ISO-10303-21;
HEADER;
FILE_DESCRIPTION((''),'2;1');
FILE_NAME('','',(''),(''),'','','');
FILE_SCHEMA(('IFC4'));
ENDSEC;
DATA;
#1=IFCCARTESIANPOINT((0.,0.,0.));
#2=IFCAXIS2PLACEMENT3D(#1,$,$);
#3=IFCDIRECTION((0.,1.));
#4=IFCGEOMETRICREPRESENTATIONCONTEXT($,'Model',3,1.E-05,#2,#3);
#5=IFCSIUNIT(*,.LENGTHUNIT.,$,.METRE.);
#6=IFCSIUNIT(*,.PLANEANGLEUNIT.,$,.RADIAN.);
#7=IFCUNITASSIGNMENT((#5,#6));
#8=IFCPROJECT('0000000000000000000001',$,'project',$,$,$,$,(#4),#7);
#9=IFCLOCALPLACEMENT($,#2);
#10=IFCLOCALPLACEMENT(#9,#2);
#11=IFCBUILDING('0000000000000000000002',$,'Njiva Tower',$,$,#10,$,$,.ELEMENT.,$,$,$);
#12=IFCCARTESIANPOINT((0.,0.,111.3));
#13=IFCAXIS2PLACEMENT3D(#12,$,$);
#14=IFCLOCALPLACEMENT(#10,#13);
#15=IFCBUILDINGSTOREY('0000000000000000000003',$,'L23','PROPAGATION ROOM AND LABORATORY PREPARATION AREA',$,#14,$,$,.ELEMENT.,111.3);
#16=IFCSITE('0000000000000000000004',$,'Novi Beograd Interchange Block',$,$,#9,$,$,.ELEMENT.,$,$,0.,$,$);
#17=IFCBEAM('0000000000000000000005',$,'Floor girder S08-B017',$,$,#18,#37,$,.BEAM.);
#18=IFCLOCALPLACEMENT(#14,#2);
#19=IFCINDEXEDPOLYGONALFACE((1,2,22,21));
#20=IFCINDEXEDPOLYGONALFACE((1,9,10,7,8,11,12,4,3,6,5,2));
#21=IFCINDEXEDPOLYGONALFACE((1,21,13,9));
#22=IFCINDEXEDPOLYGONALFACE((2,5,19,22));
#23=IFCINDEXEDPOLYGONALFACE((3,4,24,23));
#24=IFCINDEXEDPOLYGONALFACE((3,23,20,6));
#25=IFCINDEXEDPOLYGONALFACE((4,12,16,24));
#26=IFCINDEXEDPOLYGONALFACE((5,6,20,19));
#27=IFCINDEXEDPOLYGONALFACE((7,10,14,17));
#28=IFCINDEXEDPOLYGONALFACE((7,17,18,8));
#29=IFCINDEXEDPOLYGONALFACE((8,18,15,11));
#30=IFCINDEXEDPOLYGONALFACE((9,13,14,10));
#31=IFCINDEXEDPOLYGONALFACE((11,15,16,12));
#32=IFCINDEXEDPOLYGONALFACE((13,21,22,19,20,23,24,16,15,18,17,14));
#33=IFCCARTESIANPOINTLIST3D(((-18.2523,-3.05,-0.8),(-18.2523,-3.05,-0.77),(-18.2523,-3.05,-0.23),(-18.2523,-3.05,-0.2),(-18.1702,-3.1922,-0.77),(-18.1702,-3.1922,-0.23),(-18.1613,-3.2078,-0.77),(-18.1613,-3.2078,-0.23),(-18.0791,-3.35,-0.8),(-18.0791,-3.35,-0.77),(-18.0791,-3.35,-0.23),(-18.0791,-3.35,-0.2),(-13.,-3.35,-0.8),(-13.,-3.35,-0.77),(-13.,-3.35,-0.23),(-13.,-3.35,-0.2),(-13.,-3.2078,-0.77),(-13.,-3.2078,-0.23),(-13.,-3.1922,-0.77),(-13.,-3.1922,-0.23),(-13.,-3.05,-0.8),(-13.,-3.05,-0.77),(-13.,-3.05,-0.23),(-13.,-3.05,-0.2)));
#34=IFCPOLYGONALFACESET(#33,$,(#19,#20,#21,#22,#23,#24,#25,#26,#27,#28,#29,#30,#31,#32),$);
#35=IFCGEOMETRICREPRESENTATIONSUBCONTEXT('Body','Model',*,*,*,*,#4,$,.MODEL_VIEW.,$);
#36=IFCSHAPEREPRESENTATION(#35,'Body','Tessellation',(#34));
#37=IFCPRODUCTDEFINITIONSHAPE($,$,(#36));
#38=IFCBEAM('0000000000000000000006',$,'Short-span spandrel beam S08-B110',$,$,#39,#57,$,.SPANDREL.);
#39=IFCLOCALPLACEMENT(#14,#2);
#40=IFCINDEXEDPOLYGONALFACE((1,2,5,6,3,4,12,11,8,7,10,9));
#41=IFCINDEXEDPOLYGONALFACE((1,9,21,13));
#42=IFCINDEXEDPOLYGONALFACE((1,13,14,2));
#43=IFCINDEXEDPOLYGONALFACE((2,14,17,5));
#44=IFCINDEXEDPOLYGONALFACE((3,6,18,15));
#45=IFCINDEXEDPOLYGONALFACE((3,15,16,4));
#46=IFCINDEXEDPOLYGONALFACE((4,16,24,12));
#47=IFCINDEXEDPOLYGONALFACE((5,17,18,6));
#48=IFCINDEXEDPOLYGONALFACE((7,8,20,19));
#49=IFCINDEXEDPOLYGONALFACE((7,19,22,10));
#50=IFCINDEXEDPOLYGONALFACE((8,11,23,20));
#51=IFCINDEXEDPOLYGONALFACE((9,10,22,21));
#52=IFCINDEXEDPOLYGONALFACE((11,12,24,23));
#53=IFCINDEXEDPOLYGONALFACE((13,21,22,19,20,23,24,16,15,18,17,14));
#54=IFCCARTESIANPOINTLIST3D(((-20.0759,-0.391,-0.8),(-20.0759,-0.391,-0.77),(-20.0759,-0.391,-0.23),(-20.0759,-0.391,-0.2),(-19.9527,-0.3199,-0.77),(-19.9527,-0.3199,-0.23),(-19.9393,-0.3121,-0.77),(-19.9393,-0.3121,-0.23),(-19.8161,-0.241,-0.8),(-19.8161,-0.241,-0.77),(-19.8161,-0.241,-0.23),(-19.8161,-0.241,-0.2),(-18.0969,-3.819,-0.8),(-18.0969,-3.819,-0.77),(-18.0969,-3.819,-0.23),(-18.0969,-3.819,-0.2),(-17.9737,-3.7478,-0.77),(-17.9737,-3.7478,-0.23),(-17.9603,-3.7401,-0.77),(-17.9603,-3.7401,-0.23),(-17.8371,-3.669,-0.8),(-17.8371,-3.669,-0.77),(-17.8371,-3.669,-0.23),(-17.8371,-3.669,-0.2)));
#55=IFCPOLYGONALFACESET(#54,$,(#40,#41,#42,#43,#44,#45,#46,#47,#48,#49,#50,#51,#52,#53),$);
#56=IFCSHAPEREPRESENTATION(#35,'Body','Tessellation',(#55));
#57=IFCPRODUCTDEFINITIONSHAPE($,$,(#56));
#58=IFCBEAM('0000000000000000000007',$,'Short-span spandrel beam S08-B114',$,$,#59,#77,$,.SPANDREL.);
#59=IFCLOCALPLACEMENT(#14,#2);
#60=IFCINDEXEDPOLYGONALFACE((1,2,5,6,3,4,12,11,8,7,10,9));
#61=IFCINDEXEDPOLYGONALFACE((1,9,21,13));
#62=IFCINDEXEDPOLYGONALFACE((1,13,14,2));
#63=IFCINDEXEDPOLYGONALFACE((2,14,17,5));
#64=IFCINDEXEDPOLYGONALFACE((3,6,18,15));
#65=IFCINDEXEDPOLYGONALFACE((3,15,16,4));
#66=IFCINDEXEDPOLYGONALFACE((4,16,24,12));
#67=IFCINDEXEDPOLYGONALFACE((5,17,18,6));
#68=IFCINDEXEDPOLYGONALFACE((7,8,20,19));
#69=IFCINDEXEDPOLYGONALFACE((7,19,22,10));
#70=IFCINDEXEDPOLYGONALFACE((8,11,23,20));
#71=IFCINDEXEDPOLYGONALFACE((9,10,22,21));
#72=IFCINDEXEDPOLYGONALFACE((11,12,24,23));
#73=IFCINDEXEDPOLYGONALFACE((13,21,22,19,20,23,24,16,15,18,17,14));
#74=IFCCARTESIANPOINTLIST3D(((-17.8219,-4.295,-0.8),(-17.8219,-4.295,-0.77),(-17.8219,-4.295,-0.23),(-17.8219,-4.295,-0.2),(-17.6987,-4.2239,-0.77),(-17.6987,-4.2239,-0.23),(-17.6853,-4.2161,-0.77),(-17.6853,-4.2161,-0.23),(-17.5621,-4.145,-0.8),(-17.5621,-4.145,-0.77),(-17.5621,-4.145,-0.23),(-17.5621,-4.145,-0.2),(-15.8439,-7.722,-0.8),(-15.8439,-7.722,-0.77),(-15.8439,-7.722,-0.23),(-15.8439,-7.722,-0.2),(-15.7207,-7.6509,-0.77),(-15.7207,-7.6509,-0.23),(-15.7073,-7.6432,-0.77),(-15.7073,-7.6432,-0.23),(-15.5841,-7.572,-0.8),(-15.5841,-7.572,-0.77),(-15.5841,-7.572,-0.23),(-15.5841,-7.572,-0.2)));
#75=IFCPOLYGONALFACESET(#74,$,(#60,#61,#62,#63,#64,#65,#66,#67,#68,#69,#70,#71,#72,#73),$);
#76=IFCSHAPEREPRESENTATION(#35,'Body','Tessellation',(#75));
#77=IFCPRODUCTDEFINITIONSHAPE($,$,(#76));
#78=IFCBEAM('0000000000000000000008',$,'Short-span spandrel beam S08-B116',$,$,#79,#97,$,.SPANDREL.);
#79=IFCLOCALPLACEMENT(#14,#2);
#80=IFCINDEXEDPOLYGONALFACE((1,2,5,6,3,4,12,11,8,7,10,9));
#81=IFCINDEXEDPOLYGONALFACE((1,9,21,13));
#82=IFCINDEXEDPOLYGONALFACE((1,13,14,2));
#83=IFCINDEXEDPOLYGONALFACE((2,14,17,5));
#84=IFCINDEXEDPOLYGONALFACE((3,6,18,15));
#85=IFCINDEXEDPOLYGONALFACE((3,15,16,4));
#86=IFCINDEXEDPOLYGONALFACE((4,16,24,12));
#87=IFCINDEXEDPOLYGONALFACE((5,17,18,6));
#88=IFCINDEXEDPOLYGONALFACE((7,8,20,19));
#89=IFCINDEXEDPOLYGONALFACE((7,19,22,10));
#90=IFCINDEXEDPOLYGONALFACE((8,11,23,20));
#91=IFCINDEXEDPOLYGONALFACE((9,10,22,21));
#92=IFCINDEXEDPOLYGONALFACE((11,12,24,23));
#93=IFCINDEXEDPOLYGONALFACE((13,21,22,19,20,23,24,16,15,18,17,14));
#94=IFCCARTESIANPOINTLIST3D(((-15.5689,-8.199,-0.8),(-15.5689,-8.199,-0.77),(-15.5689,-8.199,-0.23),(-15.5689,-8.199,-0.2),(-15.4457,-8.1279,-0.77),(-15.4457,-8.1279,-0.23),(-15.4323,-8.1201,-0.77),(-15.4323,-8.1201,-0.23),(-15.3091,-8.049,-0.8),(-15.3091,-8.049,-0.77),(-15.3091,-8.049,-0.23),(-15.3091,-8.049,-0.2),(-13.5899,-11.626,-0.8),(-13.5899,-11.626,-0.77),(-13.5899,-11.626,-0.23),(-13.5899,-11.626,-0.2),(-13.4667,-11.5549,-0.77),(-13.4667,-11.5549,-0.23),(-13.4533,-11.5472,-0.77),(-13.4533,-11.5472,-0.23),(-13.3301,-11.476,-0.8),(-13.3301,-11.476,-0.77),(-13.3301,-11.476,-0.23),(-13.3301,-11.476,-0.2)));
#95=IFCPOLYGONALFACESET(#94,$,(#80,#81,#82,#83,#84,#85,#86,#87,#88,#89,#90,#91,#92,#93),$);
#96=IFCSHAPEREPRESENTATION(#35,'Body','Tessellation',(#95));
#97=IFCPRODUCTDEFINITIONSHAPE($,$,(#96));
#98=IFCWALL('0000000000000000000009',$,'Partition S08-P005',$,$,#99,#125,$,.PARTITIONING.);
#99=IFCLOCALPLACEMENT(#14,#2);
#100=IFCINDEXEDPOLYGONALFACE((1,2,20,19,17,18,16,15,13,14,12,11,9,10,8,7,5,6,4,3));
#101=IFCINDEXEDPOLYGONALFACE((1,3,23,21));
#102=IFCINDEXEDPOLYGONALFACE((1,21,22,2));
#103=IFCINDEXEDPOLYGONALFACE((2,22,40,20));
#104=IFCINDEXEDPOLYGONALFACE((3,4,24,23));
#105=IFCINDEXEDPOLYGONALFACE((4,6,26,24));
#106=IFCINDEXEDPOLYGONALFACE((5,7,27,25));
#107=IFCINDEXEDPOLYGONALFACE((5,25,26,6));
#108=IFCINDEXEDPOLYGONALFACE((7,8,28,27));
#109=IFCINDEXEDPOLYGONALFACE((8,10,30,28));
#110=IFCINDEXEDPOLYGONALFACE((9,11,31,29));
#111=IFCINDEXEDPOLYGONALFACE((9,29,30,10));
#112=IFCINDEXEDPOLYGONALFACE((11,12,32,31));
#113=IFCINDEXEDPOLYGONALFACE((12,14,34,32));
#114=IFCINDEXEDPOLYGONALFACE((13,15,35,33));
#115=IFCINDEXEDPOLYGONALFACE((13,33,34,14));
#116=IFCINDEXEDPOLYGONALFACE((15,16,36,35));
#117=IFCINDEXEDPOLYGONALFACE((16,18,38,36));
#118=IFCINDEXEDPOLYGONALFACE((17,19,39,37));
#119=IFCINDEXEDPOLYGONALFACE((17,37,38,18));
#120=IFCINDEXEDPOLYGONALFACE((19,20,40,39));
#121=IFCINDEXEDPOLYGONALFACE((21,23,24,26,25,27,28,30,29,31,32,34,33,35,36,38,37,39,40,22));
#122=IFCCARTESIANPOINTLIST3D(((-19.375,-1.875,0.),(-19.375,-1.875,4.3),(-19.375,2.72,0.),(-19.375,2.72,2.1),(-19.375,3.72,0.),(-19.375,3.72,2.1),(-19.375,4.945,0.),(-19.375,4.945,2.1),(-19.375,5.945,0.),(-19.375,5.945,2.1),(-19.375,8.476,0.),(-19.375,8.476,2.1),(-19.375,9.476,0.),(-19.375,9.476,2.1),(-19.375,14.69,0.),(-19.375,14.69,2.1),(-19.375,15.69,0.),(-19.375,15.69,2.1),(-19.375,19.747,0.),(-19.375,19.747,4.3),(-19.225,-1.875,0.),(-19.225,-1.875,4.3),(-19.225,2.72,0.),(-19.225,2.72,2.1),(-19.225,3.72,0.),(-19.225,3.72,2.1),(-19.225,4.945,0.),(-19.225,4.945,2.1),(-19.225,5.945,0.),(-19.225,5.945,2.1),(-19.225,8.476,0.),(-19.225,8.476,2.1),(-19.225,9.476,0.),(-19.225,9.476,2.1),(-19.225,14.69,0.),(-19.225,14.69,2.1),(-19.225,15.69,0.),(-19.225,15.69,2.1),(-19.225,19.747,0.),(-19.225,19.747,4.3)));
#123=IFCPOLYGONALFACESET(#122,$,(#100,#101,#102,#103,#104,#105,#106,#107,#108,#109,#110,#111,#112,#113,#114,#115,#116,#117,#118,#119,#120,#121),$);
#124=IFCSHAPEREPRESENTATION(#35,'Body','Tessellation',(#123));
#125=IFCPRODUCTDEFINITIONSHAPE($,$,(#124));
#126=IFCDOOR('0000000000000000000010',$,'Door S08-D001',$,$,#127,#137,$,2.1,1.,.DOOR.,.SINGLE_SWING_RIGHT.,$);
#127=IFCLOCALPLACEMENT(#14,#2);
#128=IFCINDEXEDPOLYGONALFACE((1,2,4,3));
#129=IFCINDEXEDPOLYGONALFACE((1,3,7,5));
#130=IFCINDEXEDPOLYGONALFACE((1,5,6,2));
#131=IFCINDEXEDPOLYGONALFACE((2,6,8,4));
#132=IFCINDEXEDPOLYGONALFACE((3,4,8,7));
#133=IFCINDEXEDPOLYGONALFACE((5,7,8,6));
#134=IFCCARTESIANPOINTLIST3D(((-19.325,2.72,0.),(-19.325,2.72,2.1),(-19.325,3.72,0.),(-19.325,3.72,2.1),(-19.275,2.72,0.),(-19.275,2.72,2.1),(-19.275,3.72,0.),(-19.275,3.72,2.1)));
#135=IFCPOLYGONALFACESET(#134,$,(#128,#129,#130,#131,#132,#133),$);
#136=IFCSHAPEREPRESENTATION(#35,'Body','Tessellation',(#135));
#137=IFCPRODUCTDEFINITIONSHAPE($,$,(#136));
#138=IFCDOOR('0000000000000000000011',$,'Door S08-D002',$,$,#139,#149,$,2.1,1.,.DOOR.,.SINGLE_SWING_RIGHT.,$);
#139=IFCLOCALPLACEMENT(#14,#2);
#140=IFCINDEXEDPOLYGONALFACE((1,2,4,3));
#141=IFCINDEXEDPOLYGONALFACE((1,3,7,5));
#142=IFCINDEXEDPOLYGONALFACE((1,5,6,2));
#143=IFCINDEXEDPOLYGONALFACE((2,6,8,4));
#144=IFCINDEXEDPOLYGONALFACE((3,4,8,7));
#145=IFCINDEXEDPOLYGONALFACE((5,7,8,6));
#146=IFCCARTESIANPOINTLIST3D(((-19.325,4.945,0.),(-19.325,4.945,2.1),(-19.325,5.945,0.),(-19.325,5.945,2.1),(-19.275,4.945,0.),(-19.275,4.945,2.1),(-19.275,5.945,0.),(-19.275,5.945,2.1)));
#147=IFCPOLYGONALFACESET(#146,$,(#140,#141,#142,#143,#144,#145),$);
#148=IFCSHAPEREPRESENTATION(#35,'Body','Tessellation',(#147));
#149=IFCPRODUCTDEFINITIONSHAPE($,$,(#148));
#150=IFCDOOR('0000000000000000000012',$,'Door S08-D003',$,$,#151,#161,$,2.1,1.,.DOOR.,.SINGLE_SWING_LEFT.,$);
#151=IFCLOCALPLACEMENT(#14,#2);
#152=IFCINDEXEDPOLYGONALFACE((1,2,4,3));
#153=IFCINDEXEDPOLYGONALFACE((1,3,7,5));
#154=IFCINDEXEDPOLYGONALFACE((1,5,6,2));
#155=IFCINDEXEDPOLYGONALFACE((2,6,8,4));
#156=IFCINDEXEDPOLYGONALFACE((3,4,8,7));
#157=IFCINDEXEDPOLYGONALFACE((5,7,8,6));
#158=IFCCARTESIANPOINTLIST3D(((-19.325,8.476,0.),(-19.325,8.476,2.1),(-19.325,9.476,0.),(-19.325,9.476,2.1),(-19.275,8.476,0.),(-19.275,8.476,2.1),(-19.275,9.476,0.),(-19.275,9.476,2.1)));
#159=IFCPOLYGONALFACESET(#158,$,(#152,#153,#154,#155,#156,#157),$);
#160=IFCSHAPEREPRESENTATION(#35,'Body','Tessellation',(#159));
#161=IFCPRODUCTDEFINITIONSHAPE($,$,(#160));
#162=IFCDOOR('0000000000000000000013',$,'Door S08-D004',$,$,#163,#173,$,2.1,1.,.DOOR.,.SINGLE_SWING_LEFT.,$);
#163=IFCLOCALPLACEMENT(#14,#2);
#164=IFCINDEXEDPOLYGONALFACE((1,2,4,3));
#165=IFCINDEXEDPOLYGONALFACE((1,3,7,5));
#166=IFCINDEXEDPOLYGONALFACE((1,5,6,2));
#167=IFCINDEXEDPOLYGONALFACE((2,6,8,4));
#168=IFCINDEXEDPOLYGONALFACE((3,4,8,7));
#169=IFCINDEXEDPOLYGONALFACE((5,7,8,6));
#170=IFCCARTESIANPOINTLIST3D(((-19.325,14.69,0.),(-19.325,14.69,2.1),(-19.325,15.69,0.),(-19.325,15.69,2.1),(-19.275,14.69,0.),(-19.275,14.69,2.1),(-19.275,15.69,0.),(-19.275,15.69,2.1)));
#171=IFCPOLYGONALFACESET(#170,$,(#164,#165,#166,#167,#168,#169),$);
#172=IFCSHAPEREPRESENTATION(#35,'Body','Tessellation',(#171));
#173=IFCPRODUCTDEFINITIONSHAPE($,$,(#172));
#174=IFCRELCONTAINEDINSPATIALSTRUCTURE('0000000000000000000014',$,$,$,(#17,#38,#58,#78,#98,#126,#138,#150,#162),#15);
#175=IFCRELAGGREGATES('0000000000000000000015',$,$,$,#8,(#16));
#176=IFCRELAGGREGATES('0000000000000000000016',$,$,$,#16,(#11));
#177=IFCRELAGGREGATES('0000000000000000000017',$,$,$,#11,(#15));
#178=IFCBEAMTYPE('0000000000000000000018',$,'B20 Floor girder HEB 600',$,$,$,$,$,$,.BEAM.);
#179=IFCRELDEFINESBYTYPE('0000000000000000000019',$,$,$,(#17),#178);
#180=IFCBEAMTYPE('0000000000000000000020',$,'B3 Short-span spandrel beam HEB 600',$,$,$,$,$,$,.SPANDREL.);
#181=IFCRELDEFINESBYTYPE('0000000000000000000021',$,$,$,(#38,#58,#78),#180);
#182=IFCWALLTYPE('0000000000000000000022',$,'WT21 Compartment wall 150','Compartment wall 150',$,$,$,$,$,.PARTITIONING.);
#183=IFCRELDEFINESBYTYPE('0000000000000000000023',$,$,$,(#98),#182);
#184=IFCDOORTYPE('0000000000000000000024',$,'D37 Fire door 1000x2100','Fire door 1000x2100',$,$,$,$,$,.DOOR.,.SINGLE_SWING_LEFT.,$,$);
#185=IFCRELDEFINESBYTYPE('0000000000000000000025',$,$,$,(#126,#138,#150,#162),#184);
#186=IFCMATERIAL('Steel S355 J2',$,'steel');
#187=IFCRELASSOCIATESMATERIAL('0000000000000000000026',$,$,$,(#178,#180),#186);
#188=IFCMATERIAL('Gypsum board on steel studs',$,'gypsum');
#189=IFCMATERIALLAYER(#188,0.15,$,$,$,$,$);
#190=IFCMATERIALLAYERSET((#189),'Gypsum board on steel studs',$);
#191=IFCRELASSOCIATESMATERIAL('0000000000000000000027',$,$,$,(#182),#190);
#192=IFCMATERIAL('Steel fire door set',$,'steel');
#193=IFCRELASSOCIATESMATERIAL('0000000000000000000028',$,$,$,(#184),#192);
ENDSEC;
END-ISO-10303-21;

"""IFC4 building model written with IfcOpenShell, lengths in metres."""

from ifc_helpers import new_model, si_unit, direction, frame, frame_2d, origin, origin_2d, place, context, subcontext, project, spatial, rectangle, i_section, extrude, clip, halfspace, material, layer, layer_set, material_profile, profile_set, type_object, element, fill, save


model = new_model("IFC4")

# Units and contexts
model_context = context("Model", 3, precision=1e-05, world=origin(), true_north=direction((0.0, 1.0)))
body_context = subcontext(model_context, "Body", "Model", "MODEL_VIEW")
ifc_project = project(units=[si_unit("LENGTHUNIT", "METRE"), si_unit("PLANEANGLEUNIT", "RADIAN")], contexts=[model_context])

# Site, building, storey
site_placement = place(None, origin())
site = spatial("IfcSite", under=ifc_project, at=site_placement, Name="Novi Beograd Interchange Block", CompositionType="ELEMENT", RefElevation=0.0)
building_placement = place(site_placement, origin())
building = spatial("IfcBuilding", under=site, at=building_placement, Name="Njiva Tower", CompositionType="ELEMENT")
storey_placement = place(building_placement, frame((0.0, 0.0, 111.3)))
storey = spatial("IfcBuildingStorey", under=building, at=storey_placement, Name="L23", Description="PROPAGATION ROOM AND LABORATORY PREPARATION AREA", CompositionType="ELEMENT", Elevation=111.3)

# Shared definitions
ifc_material_1 = material(Name="Steel S355 J2", Category="steel")

# Beams
ifc_material_profile_1 = material_profile(ifc_material_1, i_section(OverallWidth=0.3, OverallDepth=0.6, WebThickness=0.0155, FlangeThickness=0.03, at=origin_2d()), Name="HEB 600")
ifc_profile_set_1 = profile_set([ifc_material_profile_1], Name="Steel S355 J2")
beam_type_1 = type_object("IfcBeamType", Name="B20 Floor girder HEB 600", PredefinedType="BEAM", material=ifc_profile_set_1)
beam_1_placement = place(storey_placement, frame((-18.273, -3.2, -0.5), z_axis=(1.0, 0.0, 0.0), x_axis=(0.0, 1.0, 0.0)))
element("IfcBeam", 1, at=beam_1_placement, inside=storey, type_object=beam_type_1, Name="Floor girder S08-B017", PredefinedType="BEAM", context=body_context, shape_type="Clipping", body=[
    clip(extrude(i_section(OverallWidth=0.3, OverallDepth=0.6, WebThickness=0.0155, FlangeThickness=0.03, at=origin_2d()), origin(), (0.0, 0.0, 1.0), 5.273), halfspace(frame((-0.025, 0.0, 0.1217), z_axis=(-0.499998, 0.0, -0.866027), x_axis=(0.0, -1.0, 0.0)), False)),
])
ifc_material_profile_2 = material_profile(ifc_material_1, i_section(OverallWidth=0.3, OverallDepth=0.6, WebThickness=0.0155, FlangeThickness=0.03, at=origin_2d()), Name="HEB 600")
ifc_profile_set_2 = profile_set([ifc_material_profile_2], Name="Steel S355 J2")
beam_type_2 = type_object("IfcBeamType", Name="B3 Short-span spandrel beam HEB 600", PredefinedType="SPANDREL", material=ifc_profile_set_2)
beam_2_placement = place(storey_placement, frame((-19.946, -0.316, -0.5), z_axis=(0.49997, -0.866043, 0.0), x_axis=(0.866043, 0.49997, 0.0)))
element("IfcBeam", 2, at=beam_2_placement, inside=storey, type_object=beam_type_2, Name="Short-span spandrel beam S08-B110", PredefinedType="SPANDREL", context=body_context, shape_type="SweptSolid", body=[
    extrude(i_section(OverallWidth=0.3, OverallDepth=0.6, WebThickness=0.0155, FlangeThickness=0.03, at=origin_2d()), origin(), (0.0, 0.0, 1.0), 3.9582),
])
beam_3_placement = place(storey_placement, frame((-17.692, -4.22, -0.5), z_axis=(0.49989, -0.866089, 0.0), x_axis=(0.866089, 0.49989, 0.0)))
element("IfcBeam", 3, at=beam_3_placement, inside=storey, type_object=beam_type_2, Name="Short-span spandrel beam S08-B114", PredefinedType="SPANDREL", context=body_context, shape_type="SweptSolid", body=[
    extrude(i_section(OverallWidth=0.3, OverallDepth=0.6, WebThickness=0.0155, FlangeThickness=0.03, at=origin_2d()), origin(), (0.0, 0.0, 1.0), 3.9569),
])
beam_4_placement = place(storey_placement, frame((-15.439, -8.124, -0.5), z_axis=(0.50008, -0.865979, 0.0), x_axis=(0.865979, 0.50008, 0.0)))
element("IfcBeam", 4, at=beam_4_placement, inside=storey, type_object=beam_type_2, Name="Short-span spandrel beam S08-B116", PredefinedType="SPANDREL", context=body_context, shape_type="SweptSolid", body=[
    extrude(i_section(OverallWidth=0.3, OverallDepth=0.6, WebThickness=0.0155, FlangeThickness=0.03, at=origin_2d()), origin(), (0.0, 0.0, 1.0), 3.9574),
])

# Wall, openings, doors
ifc_material_2 = material(Name="Gypsum board on steel studs", Category="gypsum")
ifc_layer = layer(ifc_material_2, 0.15)
ifc_layer_set = layer_set([ifc_layer], Name="Gypsum board on steel studs")
wall_type = type_object("IfcWallType", Name="WT21 Compartment wall 150", Description="Compartment wall 150", PredefinedType="PARTITIONING", material=ifc_layer_set)
wall_1_placement = place(storey_placement, frame((-19.3, -1.875, 0.0), z_axis=(0.0, 0.0, 1.0), x_axis=(0.0, 1.0, 0.0)))
wall_1 = element("IfcWall", 5, at=wall_1_placement, inside=storey, type_object=wall_type, Name="Partition S08-P005", PredefinedType="PARTITIONING", context=body_context, shape_type="SweptSolid", body=[
    extrude(rectangle(XDim=21.622, YDim=0.15, at=frame_2d((10.811, 0.0))), origin(), (0.0, 0.0, 1.0), 4.3),
])
opening_1_placement = place(wall_1_placement, frame((4.595, 0.0, 0.0)))
opening_1 = element("IfcOpeningElement", 6, at=opening_1_placement, cuts=wall_1, PredefinedType="OPENING", context=body_context, shape_type="SweptSolid", body=[
    extrude(rectangle(XDim=1.0, YDim=2.1, at=frame_2d((0.5, 1.05))), frame((0.0, 0.085, 0.0), z_axis=(0.0, -1.0, 0.0), x_axis=(1.0, 0.0, 0.0)), (0.0, 0.0, 1.0), 0.17),
])
opening_2_placement = place(wall_1_placement, frame((6.82, 0.0, 0.0)))
opening_2 = element("IfcOpeningElement", 7, at=opening_2_placement, cuts=wall_1, PredefinedType="OPENING", context=body_context, shape_type="SweptSolid", body=[
    extrude(rectangle(XDim=1.0, YDim=2.1, at=frame_2d((0.5, 1.05))), frame((0.0, 0.085, 0.0), z_axis=(0.0, -1.0, 0.0), x_axis=(1.0, 0.0, 0.0)), (0.0, 0.0, 1.0), 0.17),
])
opening_3_placement = place(wall_1_placement, frame((10.351, 0.0, 0.0)))
opening_3 = element("IfcOpeningElement", 8, at=opening_3_placement, cuts=wall_1, PredefinedType="OPENING", context=body_context, shape_type="SweptSolid", body=[
    extrude(rectangle(XDim=1.0, YDim=2.1, at=frame_2d((0.5, 1.05))), frame((0.0, 0.085, 0.0), z_axis=(0.0, -1.0, 0.0), x_axis=(1.0, 0.0, 0.0)), (0.0, 0.0, 1.0), 0.17),
])
opening_4_placement = place(wall_1_placement, frame((16.565, 0.0, 0.0)))
opening_4 = element("IfcOpeningElement", 9, at=opening_4_placement, cuts=wall_1, PredefinedType="OPENING", context=body_context, shape_type="SweptSolid", body=[
    extrude(rectangle(XDim=1.0, YDim=2.1, at=frame_2d((0.5, 1.05))), frame((0.0, 0.085, 0.0), z_axis=(0.0, -1.0, 0.0), x_axis=(1.0, 0.0, 0.0)), (0.0, 0.0, 1.0), 0.17),
])
ifc_material_3 = material(Name="Steel fire door set", Category="steel")
door_type = type_object("IfcDoorType", Name="D37 Fire door 1000x2100", Description="Fire door 1000x2100", OperationType="SINGLE_SWING_LEFT", PredefinedType="DOOR", material=ifc_material_3)
door_1_placement = place(opening_1_placement, origin())
door_1 = element("IfcDoor", 10, at=door_1_placement, inside=storey, type_object=door_type, Name="Door S08-D001", OperationType="SINGLE_SWING_RIGHT", OverallHeight=2.1, OverallWidth=1.0, PredefinedType="DOOR", context=body_context, shape_type="SweptSolid", body=[
    extrude(rectangle(XDim=1.0, YDim=2.1, at=frame_2d((0.5, 1.05))), frame((0.0, 0.025, 0.0), z_axis=(0.0, -1.0, 0.0), x_axis=(1.0, 0.0, 0.0)), (0.0, 0.0, 1.0), 0.05),
])
fill(opening_1, door_1)
door_2_placement = place(opening_2_placement, origin())
door_2 = element("IfcDoor", 11, at=door_2_placement, inside=storey, type_object=door_type, Name="Door S08-D002", OperationType="SINGLE_SWING_RIGHT", OverallHeight=2.1, OverallWidth=1.0, PredefinedType="DOOR", context=body_context, shape_type="SweptSolid", body=[
    extrude(rectangle(XDim=1.0, YDim=2.1, at=frame_2d((0.5, 1.05))), frame((0.0, 0.025, 0.0), z_axis=(0.0, -1.0, 0.0), x_axis=(1.0, 0.0, 0.0)), (0.0, 0.0, 1.0), 0.05),
])
fill(opening_2, door_2)
door_3_placement = place(opening_3_placement, origin())
door_3 = element("IfcDoor", 12, at=door_3_placement, inside=storey, type_object=door_type, Name="Door S08-D003", OperationType="SINGLE_SWING_LEFT", OverallHeight=2.1, OverallWidth=1.0, PredefinedType="DOOR", context=body_context, shape_type="SweptSolid", body=[
    extrude(rectangle(XDim=1.0, YDim=2.1, at=frame_2d((0.5, 1.05))), frame((0.0, 0.025, 0.0), z_axis=(0.0, -1.0, 0.0), x_axis=(1.0, 0.0, 0.0)), (0.0, 0.0, 1.0), 0.05),
])
fill(opening_3, door_3)
door_4_placement = place(opening_4_placement, origin())
door_4 = element("IfcDoor", 13, at=door_4_placement, inside=storey, type_object=door_type, Name="Door S08-D004", OperationType="SINGLE_SWING_LEFT", OverallHeight=2.1, OverallWidth=1.0, PredefinedType="DOOR", context=body_context, shape_type="SweptSolid", body=[
    extrude(rectangle(XDim=1.0, YDim=2.1, at=frame_2d((0.5, 1.05))), frame((0.0, 0.025, 0.0), z_axis=(0.0, -1.0, 0.0), x_axis=(1.0, 0.0, 0.0)), (0.0, 0.0, 1.0), 0.05),
])
fill(opening_4, door_4)

save(model, "model.ifc")
